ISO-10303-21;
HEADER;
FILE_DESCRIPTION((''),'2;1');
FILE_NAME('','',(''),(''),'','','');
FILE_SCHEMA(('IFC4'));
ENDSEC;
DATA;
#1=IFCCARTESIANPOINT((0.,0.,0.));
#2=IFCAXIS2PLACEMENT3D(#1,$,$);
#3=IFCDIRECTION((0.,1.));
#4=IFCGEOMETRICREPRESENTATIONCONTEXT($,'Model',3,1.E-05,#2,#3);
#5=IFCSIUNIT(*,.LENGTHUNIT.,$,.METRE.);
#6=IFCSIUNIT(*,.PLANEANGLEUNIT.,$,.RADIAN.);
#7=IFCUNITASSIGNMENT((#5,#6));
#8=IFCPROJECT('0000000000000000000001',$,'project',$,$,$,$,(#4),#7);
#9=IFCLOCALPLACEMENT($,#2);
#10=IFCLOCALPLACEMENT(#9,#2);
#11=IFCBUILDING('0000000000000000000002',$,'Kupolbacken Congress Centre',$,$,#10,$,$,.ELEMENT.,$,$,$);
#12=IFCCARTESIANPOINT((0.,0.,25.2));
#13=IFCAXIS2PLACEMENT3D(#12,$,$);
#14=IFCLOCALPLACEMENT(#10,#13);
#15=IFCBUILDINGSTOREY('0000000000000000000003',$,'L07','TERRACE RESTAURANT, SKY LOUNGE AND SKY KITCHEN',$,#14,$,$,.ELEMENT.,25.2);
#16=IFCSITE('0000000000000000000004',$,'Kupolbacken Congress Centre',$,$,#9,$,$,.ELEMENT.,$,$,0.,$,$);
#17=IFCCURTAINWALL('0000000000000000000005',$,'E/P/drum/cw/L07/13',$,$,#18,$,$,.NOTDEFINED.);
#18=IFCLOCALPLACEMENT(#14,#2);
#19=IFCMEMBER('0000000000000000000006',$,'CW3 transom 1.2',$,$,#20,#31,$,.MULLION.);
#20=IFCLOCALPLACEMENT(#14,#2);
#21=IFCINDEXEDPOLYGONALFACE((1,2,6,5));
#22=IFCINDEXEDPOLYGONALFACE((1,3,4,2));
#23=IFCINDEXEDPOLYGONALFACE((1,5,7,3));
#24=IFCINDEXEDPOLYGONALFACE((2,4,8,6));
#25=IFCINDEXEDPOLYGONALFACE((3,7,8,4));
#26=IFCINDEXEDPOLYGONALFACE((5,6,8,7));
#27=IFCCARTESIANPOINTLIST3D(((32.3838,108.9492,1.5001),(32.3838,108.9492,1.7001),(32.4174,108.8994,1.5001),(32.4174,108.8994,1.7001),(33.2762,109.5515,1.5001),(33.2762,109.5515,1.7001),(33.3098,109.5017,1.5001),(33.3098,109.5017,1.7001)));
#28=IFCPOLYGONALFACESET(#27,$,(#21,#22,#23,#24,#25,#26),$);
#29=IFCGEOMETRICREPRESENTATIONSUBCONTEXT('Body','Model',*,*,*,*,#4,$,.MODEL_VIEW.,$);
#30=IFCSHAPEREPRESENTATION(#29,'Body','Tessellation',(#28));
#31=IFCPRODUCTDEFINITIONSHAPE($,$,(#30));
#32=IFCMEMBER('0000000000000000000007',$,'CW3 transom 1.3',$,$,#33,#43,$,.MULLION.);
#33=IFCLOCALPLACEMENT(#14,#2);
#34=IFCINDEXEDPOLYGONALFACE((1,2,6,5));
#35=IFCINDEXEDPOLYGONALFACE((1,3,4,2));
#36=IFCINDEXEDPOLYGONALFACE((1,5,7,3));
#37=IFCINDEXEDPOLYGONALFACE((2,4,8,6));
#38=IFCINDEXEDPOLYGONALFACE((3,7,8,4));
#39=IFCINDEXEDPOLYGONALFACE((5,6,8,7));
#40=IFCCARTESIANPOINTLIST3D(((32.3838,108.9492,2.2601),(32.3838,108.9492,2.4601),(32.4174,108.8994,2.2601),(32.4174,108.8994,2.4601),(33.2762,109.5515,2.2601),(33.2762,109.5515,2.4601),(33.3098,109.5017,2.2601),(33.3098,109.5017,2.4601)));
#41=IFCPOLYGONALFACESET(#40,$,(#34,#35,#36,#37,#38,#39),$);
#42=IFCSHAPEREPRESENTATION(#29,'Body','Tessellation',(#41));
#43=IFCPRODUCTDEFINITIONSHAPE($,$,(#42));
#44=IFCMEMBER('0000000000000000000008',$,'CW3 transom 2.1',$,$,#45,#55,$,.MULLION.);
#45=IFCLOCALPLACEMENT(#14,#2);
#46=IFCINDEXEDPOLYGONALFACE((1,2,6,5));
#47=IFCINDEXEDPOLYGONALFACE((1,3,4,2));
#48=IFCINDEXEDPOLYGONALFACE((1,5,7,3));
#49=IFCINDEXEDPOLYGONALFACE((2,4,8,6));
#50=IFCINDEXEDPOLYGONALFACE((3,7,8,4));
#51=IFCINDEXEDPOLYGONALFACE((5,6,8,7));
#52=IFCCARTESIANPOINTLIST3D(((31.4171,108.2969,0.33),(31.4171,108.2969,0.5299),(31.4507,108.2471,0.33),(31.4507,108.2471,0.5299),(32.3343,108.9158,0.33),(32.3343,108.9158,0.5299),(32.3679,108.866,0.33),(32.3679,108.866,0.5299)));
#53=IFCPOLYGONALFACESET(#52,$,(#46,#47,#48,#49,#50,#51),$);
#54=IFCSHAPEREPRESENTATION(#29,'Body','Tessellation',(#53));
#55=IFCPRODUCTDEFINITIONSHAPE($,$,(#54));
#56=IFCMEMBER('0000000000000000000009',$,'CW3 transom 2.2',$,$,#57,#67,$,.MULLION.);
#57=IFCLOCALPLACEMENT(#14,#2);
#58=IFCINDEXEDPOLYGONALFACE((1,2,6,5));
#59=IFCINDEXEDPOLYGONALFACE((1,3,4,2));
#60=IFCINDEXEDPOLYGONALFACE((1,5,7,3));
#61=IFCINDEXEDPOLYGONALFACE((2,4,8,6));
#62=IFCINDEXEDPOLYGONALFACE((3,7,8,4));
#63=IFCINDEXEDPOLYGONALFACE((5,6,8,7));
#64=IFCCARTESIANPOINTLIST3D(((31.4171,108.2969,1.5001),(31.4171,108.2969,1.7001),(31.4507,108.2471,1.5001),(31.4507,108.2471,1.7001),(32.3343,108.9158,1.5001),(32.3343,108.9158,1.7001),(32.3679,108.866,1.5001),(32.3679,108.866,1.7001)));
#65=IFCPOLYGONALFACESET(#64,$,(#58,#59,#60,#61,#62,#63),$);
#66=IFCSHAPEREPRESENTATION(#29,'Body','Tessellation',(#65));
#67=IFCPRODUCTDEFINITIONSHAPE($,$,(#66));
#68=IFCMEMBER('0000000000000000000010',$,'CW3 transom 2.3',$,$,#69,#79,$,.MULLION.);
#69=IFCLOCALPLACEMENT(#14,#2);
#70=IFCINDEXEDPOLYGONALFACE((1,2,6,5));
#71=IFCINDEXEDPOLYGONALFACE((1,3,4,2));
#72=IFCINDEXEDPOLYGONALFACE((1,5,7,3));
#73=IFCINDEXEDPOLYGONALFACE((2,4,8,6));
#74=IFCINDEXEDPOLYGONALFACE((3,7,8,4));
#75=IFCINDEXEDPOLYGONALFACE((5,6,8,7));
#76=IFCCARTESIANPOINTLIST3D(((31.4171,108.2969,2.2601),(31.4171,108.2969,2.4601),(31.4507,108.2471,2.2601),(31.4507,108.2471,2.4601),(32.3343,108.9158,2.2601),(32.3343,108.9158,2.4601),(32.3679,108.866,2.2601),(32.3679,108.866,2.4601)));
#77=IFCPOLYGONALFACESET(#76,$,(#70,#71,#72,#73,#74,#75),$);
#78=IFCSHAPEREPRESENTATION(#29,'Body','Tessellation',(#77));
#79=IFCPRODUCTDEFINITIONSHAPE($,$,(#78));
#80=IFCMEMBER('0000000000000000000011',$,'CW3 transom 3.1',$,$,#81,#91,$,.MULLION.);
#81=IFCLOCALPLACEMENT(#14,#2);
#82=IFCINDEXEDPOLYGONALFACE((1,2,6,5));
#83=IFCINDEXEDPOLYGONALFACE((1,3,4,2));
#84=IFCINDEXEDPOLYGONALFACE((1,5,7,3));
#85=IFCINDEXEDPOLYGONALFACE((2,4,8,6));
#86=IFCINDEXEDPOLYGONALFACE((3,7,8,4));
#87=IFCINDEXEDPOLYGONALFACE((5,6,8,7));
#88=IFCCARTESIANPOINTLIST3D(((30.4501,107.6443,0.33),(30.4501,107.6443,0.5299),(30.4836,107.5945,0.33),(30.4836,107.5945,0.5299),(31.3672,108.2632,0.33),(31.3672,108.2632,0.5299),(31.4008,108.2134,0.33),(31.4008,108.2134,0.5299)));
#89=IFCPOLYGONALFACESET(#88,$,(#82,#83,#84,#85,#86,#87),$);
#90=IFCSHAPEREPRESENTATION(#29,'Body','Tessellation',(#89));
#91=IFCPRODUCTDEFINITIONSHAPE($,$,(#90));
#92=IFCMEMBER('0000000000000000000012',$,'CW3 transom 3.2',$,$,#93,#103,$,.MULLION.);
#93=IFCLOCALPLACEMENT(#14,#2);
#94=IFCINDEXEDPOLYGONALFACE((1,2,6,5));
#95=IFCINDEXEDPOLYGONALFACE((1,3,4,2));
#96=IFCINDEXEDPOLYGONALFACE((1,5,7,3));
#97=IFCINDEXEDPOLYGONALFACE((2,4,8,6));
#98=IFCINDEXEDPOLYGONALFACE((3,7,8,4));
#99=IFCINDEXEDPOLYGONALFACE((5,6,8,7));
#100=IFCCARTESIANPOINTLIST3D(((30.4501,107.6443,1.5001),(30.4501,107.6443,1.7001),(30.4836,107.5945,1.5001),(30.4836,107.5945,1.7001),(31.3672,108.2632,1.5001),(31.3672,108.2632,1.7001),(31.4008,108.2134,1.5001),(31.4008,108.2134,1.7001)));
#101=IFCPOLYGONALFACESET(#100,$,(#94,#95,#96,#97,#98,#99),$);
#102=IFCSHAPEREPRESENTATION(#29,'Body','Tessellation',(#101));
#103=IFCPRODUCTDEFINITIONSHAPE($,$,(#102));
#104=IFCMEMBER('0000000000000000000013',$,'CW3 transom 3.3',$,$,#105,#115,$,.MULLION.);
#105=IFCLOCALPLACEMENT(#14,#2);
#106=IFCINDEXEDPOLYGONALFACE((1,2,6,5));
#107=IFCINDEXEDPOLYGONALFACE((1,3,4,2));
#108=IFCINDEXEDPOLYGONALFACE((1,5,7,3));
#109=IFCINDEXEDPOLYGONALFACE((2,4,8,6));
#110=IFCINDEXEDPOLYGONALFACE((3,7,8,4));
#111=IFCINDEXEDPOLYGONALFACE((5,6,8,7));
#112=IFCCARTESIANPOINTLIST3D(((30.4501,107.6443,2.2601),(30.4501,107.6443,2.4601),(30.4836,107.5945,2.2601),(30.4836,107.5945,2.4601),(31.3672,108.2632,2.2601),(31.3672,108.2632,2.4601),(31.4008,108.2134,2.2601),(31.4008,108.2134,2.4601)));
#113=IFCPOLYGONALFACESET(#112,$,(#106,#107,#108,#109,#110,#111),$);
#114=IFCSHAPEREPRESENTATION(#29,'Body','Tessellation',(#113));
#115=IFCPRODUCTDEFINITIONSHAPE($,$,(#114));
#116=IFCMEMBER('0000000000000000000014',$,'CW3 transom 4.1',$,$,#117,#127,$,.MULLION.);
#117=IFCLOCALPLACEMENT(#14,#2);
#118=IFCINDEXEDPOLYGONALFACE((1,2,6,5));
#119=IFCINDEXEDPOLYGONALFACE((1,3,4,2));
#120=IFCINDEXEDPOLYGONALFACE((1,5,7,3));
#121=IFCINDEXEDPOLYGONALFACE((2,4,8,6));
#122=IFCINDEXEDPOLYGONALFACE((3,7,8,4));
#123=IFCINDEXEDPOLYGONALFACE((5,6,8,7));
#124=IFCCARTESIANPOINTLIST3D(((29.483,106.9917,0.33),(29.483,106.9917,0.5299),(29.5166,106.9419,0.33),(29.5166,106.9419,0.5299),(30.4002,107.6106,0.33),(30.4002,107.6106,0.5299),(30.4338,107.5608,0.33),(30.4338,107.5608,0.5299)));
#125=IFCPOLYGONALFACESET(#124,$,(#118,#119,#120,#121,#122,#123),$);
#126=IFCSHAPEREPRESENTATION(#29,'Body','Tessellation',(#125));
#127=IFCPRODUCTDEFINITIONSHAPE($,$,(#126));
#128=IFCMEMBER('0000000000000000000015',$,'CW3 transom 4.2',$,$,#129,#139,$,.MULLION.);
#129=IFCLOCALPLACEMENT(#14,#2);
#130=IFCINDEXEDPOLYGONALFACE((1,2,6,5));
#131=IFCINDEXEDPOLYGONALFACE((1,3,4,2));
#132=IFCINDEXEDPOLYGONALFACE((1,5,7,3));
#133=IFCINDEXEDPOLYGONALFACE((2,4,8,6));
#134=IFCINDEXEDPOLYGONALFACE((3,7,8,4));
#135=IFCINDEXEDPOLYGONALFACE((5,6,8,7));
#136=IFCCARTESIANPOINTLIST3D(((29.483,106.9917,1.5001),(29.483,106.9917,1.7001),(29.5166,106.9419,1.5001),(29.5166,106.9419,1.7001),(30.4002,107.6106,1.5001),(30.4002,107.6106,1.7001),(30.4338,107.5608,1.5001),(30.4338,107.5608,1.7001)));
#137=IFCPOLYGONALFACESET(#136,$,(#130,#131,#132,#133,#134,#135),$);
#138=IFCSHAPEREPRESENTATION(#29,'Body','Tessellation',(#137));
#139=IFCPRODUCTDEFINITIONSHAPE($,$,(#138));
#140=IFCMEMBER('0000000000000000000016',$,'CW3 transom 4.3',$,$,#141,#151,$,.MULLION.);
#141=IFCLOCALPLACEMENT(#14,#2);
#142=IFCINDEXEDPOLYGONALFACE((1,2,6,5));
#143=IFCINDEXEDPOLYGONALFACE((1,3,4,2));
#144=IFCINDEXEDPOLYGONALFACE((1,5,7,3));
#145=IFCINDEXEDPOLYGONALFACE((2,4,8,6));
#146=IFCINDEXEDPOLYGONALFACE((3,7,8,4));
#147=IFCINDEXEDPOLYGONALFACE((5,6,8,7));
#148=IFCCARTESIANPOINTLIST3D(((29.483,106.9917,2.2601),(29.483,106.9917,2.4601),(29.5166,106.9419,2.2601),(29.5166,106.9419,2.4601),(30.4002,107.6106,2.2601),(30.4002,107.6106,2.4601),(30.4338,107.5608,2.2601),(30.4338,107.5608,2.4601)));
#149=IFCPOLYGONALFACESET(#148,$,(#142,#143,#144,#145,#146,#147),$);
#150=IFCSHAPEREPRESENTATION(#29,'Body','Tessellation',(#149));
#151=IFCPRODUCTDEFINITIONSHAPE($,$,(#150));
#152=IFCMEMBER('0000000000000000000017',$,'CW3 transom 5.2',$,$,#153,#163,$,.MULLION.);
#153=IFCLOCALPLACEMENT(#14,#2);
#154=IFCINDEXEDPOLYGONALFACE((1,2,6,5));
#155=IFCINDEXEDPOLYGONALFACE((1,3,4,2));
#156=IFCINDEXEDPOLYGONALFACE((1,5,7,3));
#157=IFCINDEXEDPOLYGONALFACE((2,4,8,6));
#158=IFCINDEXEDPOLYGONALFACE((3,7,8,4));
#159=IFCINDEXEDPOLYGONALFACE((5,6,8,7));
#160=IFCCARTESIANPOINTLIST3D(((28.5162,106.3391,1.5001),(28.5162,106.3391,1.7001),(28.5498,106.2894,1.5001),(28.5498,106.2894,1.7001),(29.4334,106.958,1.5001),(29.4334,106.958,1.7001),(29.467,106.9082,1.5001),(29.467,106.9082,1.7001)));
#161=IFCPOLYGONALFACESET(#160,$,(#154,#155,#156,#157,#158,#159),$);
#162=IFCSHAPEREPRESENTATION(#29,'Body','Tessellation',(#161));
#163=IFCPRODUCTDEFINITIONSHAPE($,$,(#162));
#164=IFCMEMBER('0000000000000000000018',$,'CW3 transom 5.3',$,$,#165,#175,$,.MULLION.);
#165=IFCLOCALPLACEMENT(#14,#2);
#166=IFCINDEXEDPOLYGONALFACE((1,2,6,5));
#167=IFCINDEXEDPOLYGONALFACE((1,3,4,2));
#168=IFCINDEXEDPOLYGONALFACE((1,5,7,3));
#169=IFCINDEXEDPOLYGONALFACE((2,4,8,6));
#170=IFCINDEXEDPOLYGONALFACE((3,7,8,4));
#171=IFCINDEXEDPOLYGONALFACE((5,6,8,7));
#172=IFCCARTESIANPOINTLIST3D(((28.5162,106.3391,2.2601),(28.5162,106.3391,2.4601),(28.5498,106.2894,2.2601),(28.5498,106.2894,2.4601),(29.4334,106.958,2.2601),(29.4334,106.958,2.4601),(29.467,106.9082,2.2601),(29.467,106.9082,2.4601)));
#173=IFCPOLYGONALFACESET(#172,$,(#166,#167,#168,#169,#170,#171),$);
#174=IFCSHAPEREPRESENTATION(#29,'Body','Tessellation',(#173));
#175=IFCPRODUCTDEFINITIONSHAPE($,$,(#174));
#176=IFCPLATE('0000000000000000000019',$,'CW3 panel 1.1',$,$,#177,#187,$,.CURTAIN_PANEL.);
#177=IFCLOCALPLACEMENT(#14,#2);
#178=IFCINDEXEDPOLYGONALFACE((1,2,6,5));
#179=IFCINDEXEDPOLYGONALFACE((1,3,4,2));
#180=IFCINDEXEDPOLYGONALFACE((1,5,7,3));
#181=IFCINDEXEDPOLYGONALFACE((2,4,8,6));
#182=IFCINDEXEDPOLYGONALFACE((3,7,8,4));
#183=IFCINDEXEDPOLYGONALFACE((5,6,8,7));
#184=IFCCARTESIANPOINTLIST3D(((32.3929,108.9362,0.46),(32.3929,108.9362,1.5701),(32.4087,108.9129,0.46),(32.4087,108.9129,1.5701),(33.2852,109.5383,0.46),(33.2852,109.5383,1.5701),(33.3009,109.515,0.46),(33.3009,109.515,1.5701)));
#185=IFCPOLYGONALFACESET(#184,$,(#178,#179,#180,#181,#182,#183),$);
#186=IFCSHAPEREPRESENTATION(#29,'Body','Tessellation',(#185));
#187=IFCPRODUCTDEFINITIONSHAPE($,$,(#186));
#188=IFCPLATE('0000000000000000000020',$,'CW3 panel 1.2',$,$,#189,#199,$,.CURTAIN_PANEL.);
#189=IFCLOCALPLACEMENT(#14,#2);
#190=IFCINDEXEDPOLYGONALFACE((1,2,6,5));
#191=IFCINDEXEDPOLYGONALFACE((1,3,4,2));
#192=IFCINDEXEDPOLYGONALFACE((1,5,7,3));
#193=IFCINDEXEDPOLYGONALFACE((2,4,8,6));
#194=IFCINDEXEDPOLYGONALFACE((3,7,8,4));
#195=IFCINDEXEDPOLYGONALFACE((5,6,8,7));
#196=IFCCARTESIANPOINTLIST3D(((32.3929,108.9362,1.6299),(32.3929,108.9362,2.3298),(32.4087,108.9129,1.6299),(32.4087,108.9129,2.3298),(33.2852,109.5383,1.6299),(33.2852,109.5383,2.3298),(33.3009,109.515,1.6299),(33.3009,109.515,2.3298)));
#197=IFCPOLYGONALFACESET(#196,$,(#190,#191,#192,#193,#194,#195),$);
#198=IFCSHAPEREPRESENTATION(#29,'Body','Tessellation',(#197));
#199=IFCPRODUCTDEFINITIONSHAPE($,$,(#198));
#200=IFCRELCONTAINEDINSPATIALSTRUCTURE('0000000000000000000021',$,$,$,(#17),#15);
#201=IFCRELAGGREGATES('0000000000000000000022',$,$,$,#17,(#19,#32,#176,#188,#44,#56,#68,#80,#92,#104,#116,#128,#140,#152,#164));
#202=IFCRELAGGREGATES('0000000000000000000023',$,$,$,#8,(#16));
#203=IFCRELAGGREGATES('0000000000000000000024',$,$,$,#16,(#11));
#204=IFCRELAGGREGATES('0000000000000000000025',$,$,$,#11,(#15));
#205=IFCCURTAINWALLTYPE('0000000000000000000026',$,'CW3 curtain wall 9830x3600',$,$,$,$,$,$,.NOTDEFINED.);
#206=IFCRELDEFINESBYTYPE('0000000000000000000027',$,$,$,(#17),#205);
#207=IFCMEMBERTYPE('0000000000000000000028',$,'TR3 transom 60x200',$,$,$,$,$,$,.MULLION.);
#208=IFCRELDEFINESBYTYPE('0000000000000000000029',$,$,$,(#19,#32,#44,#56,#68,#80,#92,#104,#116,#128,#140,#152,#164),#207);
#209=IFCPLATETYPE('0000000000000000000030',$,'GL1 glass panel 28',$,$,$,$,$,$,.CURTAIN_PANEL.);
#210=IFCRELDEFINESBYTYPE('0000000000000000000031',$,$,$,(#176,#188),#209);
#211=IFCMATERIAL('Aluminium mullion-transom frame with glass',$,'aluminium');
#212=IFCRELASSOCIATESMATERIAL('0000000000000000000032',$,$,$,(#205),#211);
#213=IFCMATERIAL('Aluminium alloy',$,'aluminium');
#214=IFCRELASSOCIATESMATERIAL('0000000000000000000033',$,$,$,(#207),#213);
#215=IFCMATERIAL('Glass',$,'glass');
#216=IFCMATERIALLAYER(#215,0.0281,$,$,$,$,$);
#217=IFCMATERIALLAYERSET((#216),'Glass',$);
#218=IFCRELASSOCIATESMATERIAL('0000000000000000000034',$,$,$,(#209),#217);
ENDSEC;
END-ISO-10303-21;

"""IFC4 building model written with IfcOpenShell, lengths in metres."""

from ifc_helpers import new_model, si_unit, direction, frame, origin, origin_2d, place, context, subcontext, project, spatial, rectangle, extrude, material, layer, layer_set, material_profile, profile_set, type_object, element, aggregate, save


model = new_model("IFC4")

# Units and contexts
model_context = context("Model", 3, precision=1e-05, world=origin(), true_north=direction((0.0, 1.0)))
body_context = subcontext(model_context, "Body", "Model", "MODEL_VIEW")
ifc_project = project(units=[si_unit("LENGTHUNIT", "METRE"), si_unit("PLANEANGLEUNIT", "RADIAN")], contexts=[model_context])

# Site, building, storey
site_placement = place(None, origin())
site = spatial("IfcSite", under=ifc_project, at=site_placement, Name="Kupolbacken Congress Centre", CompositionType="ELEMENT", RefElevation=0.0)
building_placement = place(site_placement, origin())
building = spatial("IfcBuilding", under=site, at=building_placement, Name="Kupolbacken Congress Centre", CompositionType="ELEMENT")
storey_placement = place(building_placement, frame((0.0, 0.0, 25.2)))
storey = spatial("IfcBuildingStorey", under=building, at=storey_placement, Name="L07", Description="TERRACE RESTAURANT, SKY LOUNGE AND SKY KITCHEN", CompositionType="ELEMENT", Elevation=25.2)

# Curtain wall, members, plates
ifc_material_1 = material(Name="Aluminium mullion-transom frame with glass", Category="aluminium")
curtain_wall_type = type_object("IfcCurtainWallType", Name="CW3 curtain wall 9830x3600", PredefinedType="NOTDEFINED", material=ifc_material_1)
curtain_wall_placement = place(storey_placement, origin())
curtain_wall = element("IfcCurtainWall", 1, at=curtain_wall_placement, inside=storey, type_object=curtain_wall_type, Name="E/P/drum/cw/L07/13", PredefinedType="NOTDEFINED")
ifc_material_2 = material(Name="Aluminium alloy", Category="aluminium")
ifc_material_profile_1 = material_profile(ifc_material_2, rectangle(XDim=0.0601, YDim=0.2, at=origin_2d()), Name="60 x 200")
ifc_profile_set_1 = profile_set([ifc_material_profile_1], Name="Aluminium alloy")
member_type_1 = type_object("IfcMemberType", Name="TR3 transom 60x200", PredefinedType="MULLION", material=ifc_profile_set_1)
member_1_placement = place(storey_placement, frame((33.293, 109.5266, 1.6001), z_axis=(-0.828862, -0.559453, 0.0), x_axis=(0.559453, -0.828862, 0.0)))
member_1 = element("IfcMember", 2, at=member_1_placement, type_object=member_type_1, Name="CW3 transom 1.2", PredefinedType="MULLION", context=body_context, shape_type="SweptSolid", body=[
    extrude(rectangle(XDim=0.0601, YDim=0.2, at=origin_2d()), origin(), (0.0, 0.0, 1.0), 1.0767),
])
member_2_placement = place(storey_placement, frame((33.293, 109.5266, 2.3601), z_axis=(-0.828862, -0.559453, 0.0), x_axis=(0.559453, -0.828862, 0.0)))
member_2 = element("IfcMember", 3, at=member_2_placement, type_object=member_type_1, Name="CW3 transom 1.3", PredefinedType="MULLION", context=body_context, shape_type="SweptSolid", body=[
    extrude(rectangle(XDim=0.0601, YDim=0.2, at=origin_2d()), origin(), (0.0, 0.0, 1.0), 1.0767),
])
member_3_placement = place(storey_placement, frame((32.3511, 108.8909, 0.4299), z_axis=(-0.828948, -0.559325, 0.0), x_axis=(0.559325, -0.828948, 0.0)))
member_3 = element("IfcMember", 4, at=member_3_placement, type_object=member_type_1, Name="CW3 transom 2.1", PredefinedType="MULLION", context=body_context, shape_type="SweptSolid", body=[
    extrude(rectangle(XDim=0.0601, YDim=0.2, at=origin_2d()), origin(), (0.0, 0.0, 1.0), 1.1064),
])
member_4_placement = place(storey_placement, frame((32.3511, 108.8909, 1.6001), z_axis=(-0.828948, -0.559325, 0.0), x_axis=(0.559325, -0.828948, 0.0)))
member_4 = element("IfcMember", 5, at=member_4_placement, type_object=member_type_1, Name="CW3 transom 2.2", PredefinedType="MULLION", context=body_context, shape_type="SweptSolid", body=[
    extrude(rectangle(XDim=0.0601, YDim=0.2, at=origin_2d()), origin(), (0.0, 0.0, 1.0), 1.1064),
])
member_5_placement = place(storey_placement, frame((32.3511, 108.8909, 2.3601), z_axis=(-0.828948, -0.559325, 0.0), x_axis=(0.559325, -0.828948, 0.0)))
member_5 = element("IfcMember", 6, at=member_5_placement, type_object=member_type_1, Name="CW3 transom 2.3", PredefinedType="MULLION", context=body_context, shape_type="SweptSolid", body=[
    extrude(rectangle(XDim=0.0601, YDim=0.2, at=origin_2d()), origin(), (0.0, 0.0, 1.0), 1.1064),
])
member_6_placement = place(storey_placement, frame((31.384, 108.2383, 0.4299), z_axis=(-0.828948, -0.559325, 0.0), x_axis=(0.559325, -0.828948, 0.0)))
member_6 = element("IfcMember", 7, at=member_6_placement, type_object=member_type_1, Name="CW3 transom 3.1", PredefinedType="MULLION", context=body_context, shape_type="SweptSolid", body=[
    extrude(rectangle(XDim=0.0601, YDim=0.2, at=origin_2d()), origin(), (0.0, 0.0, 1.0), 1.1064),
])
member_7_placement = place(storey_placement, frame((31.384, 108.2383, 1.6001), z_axis=(-0.828948, -0.559325, 0.0), x_axis=(0.559325, -0.828948, 0.0)))
member_7 = element("IfcMember", 8, at=member_7_placement, type_object=member_type_1, Name="CW3 transom 3.2", PredefinedType="MULLION", context=body_context, shape_type="SweptSolid", body=[
    extrude(rectangle(XDim=0.0601, YDim=0.2, at=origin_2d()), origin(), (0.0, 0.0, 1.0), 1.1064),
])
member_8_placement = place(storey_placement, frame((31.384, 108.2383, 2.3601), z_axis=(-0.828948, -0.559325, 0.0), x_axis=(0.559325, -0.828948, 0.0)))
member_8 = element("IfcMember", 9, at=member_8_placement, type_object=member_type_1, Name="CW3 transom 3.3", PredefinedType="MULLION", context=body_context, shape_type="SweptSolid", body=[
    extrude(rectangle(XDim=0.0601, YDim=0.2, at=origin_2d()), origin(), (0.0, 0.0, 1.0), 1.1064),
])
member_9_placement = place(storey_placement, frame((30.417, 107.5857, 0.4299), z_axis=(-0.828948, -0.559325, 0.0), x_axis=(0.559325, -0.828948, 0.0)))
member_9 = element("IfcMember", 10, at=member_9_placement, type_object=member_type_1, Name="CW3 transom 4.1", PredefinedType="MULLION", context=body_context, shape_type="SweptSolid", body=[
    extrude(rectangle(XDim=0.0601, YDim=0.2, at=origin_2d()), origin(), (0.0, 0.0, 1.0), 1.1064),
])
member_10_placement = place(storey_placement, frame((30.417, 107.5857, 1.6001), z_axis=(-0.828948, -0.559325, 0.0), x_axis=(0.559325, -0.828948, 0.0)))
member_10 = element("IfcMember", 11, at=member_10_placement, type_object=member_type_1, Name="CW3 transom 4.2", PredefinedType="MULLION", context=body_context, shape_type="SweptSolid", body=[
    extrude(rectangle(XDim=0.0601, YDim=0.2, at=origin_2d()), origin(), (0.0, 0.0, 1.0), 1.1064),
])
member_11_placement = place(storey_placement, frame((30.417, 107.5857, 2.3601), z_axis=(-0.828948, -0.559325, 0.0), x_axis=(0.559325, -0.828948, 0.0)))
member_11 = element("IfcMember", 12, at=member_11_placement, type_object=member_type_1, Name="CW3 transom 4.3", PredefinedType="MULLION", context=body_context, shape_type="SweptSolid", body=[
    extrude(rectangle(XDim=0.0601, YDim=0.2, at=origin_2d()), origin(), (0.0, 0.0, 1.0), 1.1064),
])
member_12_placement = place(storey_placement, frame((29.4502, 106.9331, 1.6001), z_axis=(-0.828948, -0.559325, 0.0), x_axis=(0.559325, -0.828948, 0.0)))
member_12 = element("IfcMember", 13, at=member_12_placement, type_object=member_type_1, Name="CW3 transom 5.2", PredefinedType="MULLION", context=body_context, shape_type="SweptSolid", body=[
    extrude(rectangle(XDim=0.0601, YDim=0.2, at=origin_2d()), origin(), (0.0, 0.0, 1.0), 1.1064),
])
member_13_placement = place(storey_placement, frame((29.4502, 106.9331, 2.3601), z_axis=(-0.828948, -0.559325, 0.0), x_axis=(0.559325, -0.828948, 0.0)))
member_13 = element("IfcMember", 14, at=member_13_placement, type_object=member_type_1, Name="CW3 transom 5.3", PredefinedType="MULLION", context=body_context, shape_type="SweptSolid", body=[
    extrude(rectangle(XDim=0.0601, YDim=0.2, at=origin_2d()), origin(), (0.0, 0.0, 1.0), 1.1064),
])
ifc_material_3 = material(Name="Glass", Category="glass")
ifc_layer_1 = layer(ifc_material_3, 0.0281)
ifc_layer_set_1 = layer_set([ifc_layer_1], Name="Glass")
plate_type = type_object("IfcPlateType", Name="GL1 glass panel 28", PredefinedType="CURTAIN_PANEL", material=ifc_layer_set_1)
plate_1_placement = place(storey_placement, frame((32.8469, 109.2256, 0.46), z_axis=(0.0, 0.0, 1.0), x_axis=(-0.828908, -0.559386, 0.0)))
plate_1 = element("IfcPlate", 15, at=plate_1_placement, type_object=plate_type, Name="CW3 panel 1.1", PredefinedType="CURTAIN_PANEL", context=body_context, shape_type="SweptSolid", body=[
    extrude(rectangle(XDim=1.0764, YDim=0.0281, at=origin_2d()), origin(), (0.0, 0.0, 1.0), 1.1101),
])
plate_2_placement = place(storey_placement, frame((32.8469, 109.2256, 1.6299), z_axis=(0.0, 0.0, 1.0), x_axis=(-0.828908, -0.559386, 0.0)))
plate_2 = element("IfcPlate", 16, at=plate_2_placement, type_object=plate_type, Name="CW3 panel 1.2", PredefinedType="CURTAIN_PANEL", context=body_context, shape_type="SweptSolid", body=[
    extrude(rectangle(XDim=1.0764, YDim=0.0281, at=origin_2d()), origin(), (0.0, 0.0, 1.0), 0.7),
])
aggregate(curtain_wall, [member_1, member_2, plate_1, plate_2, member_3, member_4, member_5, member_6, member_7, member_8, member_9, member_10, member_11, member_12, member_13])

save(model, "model.ifc")
